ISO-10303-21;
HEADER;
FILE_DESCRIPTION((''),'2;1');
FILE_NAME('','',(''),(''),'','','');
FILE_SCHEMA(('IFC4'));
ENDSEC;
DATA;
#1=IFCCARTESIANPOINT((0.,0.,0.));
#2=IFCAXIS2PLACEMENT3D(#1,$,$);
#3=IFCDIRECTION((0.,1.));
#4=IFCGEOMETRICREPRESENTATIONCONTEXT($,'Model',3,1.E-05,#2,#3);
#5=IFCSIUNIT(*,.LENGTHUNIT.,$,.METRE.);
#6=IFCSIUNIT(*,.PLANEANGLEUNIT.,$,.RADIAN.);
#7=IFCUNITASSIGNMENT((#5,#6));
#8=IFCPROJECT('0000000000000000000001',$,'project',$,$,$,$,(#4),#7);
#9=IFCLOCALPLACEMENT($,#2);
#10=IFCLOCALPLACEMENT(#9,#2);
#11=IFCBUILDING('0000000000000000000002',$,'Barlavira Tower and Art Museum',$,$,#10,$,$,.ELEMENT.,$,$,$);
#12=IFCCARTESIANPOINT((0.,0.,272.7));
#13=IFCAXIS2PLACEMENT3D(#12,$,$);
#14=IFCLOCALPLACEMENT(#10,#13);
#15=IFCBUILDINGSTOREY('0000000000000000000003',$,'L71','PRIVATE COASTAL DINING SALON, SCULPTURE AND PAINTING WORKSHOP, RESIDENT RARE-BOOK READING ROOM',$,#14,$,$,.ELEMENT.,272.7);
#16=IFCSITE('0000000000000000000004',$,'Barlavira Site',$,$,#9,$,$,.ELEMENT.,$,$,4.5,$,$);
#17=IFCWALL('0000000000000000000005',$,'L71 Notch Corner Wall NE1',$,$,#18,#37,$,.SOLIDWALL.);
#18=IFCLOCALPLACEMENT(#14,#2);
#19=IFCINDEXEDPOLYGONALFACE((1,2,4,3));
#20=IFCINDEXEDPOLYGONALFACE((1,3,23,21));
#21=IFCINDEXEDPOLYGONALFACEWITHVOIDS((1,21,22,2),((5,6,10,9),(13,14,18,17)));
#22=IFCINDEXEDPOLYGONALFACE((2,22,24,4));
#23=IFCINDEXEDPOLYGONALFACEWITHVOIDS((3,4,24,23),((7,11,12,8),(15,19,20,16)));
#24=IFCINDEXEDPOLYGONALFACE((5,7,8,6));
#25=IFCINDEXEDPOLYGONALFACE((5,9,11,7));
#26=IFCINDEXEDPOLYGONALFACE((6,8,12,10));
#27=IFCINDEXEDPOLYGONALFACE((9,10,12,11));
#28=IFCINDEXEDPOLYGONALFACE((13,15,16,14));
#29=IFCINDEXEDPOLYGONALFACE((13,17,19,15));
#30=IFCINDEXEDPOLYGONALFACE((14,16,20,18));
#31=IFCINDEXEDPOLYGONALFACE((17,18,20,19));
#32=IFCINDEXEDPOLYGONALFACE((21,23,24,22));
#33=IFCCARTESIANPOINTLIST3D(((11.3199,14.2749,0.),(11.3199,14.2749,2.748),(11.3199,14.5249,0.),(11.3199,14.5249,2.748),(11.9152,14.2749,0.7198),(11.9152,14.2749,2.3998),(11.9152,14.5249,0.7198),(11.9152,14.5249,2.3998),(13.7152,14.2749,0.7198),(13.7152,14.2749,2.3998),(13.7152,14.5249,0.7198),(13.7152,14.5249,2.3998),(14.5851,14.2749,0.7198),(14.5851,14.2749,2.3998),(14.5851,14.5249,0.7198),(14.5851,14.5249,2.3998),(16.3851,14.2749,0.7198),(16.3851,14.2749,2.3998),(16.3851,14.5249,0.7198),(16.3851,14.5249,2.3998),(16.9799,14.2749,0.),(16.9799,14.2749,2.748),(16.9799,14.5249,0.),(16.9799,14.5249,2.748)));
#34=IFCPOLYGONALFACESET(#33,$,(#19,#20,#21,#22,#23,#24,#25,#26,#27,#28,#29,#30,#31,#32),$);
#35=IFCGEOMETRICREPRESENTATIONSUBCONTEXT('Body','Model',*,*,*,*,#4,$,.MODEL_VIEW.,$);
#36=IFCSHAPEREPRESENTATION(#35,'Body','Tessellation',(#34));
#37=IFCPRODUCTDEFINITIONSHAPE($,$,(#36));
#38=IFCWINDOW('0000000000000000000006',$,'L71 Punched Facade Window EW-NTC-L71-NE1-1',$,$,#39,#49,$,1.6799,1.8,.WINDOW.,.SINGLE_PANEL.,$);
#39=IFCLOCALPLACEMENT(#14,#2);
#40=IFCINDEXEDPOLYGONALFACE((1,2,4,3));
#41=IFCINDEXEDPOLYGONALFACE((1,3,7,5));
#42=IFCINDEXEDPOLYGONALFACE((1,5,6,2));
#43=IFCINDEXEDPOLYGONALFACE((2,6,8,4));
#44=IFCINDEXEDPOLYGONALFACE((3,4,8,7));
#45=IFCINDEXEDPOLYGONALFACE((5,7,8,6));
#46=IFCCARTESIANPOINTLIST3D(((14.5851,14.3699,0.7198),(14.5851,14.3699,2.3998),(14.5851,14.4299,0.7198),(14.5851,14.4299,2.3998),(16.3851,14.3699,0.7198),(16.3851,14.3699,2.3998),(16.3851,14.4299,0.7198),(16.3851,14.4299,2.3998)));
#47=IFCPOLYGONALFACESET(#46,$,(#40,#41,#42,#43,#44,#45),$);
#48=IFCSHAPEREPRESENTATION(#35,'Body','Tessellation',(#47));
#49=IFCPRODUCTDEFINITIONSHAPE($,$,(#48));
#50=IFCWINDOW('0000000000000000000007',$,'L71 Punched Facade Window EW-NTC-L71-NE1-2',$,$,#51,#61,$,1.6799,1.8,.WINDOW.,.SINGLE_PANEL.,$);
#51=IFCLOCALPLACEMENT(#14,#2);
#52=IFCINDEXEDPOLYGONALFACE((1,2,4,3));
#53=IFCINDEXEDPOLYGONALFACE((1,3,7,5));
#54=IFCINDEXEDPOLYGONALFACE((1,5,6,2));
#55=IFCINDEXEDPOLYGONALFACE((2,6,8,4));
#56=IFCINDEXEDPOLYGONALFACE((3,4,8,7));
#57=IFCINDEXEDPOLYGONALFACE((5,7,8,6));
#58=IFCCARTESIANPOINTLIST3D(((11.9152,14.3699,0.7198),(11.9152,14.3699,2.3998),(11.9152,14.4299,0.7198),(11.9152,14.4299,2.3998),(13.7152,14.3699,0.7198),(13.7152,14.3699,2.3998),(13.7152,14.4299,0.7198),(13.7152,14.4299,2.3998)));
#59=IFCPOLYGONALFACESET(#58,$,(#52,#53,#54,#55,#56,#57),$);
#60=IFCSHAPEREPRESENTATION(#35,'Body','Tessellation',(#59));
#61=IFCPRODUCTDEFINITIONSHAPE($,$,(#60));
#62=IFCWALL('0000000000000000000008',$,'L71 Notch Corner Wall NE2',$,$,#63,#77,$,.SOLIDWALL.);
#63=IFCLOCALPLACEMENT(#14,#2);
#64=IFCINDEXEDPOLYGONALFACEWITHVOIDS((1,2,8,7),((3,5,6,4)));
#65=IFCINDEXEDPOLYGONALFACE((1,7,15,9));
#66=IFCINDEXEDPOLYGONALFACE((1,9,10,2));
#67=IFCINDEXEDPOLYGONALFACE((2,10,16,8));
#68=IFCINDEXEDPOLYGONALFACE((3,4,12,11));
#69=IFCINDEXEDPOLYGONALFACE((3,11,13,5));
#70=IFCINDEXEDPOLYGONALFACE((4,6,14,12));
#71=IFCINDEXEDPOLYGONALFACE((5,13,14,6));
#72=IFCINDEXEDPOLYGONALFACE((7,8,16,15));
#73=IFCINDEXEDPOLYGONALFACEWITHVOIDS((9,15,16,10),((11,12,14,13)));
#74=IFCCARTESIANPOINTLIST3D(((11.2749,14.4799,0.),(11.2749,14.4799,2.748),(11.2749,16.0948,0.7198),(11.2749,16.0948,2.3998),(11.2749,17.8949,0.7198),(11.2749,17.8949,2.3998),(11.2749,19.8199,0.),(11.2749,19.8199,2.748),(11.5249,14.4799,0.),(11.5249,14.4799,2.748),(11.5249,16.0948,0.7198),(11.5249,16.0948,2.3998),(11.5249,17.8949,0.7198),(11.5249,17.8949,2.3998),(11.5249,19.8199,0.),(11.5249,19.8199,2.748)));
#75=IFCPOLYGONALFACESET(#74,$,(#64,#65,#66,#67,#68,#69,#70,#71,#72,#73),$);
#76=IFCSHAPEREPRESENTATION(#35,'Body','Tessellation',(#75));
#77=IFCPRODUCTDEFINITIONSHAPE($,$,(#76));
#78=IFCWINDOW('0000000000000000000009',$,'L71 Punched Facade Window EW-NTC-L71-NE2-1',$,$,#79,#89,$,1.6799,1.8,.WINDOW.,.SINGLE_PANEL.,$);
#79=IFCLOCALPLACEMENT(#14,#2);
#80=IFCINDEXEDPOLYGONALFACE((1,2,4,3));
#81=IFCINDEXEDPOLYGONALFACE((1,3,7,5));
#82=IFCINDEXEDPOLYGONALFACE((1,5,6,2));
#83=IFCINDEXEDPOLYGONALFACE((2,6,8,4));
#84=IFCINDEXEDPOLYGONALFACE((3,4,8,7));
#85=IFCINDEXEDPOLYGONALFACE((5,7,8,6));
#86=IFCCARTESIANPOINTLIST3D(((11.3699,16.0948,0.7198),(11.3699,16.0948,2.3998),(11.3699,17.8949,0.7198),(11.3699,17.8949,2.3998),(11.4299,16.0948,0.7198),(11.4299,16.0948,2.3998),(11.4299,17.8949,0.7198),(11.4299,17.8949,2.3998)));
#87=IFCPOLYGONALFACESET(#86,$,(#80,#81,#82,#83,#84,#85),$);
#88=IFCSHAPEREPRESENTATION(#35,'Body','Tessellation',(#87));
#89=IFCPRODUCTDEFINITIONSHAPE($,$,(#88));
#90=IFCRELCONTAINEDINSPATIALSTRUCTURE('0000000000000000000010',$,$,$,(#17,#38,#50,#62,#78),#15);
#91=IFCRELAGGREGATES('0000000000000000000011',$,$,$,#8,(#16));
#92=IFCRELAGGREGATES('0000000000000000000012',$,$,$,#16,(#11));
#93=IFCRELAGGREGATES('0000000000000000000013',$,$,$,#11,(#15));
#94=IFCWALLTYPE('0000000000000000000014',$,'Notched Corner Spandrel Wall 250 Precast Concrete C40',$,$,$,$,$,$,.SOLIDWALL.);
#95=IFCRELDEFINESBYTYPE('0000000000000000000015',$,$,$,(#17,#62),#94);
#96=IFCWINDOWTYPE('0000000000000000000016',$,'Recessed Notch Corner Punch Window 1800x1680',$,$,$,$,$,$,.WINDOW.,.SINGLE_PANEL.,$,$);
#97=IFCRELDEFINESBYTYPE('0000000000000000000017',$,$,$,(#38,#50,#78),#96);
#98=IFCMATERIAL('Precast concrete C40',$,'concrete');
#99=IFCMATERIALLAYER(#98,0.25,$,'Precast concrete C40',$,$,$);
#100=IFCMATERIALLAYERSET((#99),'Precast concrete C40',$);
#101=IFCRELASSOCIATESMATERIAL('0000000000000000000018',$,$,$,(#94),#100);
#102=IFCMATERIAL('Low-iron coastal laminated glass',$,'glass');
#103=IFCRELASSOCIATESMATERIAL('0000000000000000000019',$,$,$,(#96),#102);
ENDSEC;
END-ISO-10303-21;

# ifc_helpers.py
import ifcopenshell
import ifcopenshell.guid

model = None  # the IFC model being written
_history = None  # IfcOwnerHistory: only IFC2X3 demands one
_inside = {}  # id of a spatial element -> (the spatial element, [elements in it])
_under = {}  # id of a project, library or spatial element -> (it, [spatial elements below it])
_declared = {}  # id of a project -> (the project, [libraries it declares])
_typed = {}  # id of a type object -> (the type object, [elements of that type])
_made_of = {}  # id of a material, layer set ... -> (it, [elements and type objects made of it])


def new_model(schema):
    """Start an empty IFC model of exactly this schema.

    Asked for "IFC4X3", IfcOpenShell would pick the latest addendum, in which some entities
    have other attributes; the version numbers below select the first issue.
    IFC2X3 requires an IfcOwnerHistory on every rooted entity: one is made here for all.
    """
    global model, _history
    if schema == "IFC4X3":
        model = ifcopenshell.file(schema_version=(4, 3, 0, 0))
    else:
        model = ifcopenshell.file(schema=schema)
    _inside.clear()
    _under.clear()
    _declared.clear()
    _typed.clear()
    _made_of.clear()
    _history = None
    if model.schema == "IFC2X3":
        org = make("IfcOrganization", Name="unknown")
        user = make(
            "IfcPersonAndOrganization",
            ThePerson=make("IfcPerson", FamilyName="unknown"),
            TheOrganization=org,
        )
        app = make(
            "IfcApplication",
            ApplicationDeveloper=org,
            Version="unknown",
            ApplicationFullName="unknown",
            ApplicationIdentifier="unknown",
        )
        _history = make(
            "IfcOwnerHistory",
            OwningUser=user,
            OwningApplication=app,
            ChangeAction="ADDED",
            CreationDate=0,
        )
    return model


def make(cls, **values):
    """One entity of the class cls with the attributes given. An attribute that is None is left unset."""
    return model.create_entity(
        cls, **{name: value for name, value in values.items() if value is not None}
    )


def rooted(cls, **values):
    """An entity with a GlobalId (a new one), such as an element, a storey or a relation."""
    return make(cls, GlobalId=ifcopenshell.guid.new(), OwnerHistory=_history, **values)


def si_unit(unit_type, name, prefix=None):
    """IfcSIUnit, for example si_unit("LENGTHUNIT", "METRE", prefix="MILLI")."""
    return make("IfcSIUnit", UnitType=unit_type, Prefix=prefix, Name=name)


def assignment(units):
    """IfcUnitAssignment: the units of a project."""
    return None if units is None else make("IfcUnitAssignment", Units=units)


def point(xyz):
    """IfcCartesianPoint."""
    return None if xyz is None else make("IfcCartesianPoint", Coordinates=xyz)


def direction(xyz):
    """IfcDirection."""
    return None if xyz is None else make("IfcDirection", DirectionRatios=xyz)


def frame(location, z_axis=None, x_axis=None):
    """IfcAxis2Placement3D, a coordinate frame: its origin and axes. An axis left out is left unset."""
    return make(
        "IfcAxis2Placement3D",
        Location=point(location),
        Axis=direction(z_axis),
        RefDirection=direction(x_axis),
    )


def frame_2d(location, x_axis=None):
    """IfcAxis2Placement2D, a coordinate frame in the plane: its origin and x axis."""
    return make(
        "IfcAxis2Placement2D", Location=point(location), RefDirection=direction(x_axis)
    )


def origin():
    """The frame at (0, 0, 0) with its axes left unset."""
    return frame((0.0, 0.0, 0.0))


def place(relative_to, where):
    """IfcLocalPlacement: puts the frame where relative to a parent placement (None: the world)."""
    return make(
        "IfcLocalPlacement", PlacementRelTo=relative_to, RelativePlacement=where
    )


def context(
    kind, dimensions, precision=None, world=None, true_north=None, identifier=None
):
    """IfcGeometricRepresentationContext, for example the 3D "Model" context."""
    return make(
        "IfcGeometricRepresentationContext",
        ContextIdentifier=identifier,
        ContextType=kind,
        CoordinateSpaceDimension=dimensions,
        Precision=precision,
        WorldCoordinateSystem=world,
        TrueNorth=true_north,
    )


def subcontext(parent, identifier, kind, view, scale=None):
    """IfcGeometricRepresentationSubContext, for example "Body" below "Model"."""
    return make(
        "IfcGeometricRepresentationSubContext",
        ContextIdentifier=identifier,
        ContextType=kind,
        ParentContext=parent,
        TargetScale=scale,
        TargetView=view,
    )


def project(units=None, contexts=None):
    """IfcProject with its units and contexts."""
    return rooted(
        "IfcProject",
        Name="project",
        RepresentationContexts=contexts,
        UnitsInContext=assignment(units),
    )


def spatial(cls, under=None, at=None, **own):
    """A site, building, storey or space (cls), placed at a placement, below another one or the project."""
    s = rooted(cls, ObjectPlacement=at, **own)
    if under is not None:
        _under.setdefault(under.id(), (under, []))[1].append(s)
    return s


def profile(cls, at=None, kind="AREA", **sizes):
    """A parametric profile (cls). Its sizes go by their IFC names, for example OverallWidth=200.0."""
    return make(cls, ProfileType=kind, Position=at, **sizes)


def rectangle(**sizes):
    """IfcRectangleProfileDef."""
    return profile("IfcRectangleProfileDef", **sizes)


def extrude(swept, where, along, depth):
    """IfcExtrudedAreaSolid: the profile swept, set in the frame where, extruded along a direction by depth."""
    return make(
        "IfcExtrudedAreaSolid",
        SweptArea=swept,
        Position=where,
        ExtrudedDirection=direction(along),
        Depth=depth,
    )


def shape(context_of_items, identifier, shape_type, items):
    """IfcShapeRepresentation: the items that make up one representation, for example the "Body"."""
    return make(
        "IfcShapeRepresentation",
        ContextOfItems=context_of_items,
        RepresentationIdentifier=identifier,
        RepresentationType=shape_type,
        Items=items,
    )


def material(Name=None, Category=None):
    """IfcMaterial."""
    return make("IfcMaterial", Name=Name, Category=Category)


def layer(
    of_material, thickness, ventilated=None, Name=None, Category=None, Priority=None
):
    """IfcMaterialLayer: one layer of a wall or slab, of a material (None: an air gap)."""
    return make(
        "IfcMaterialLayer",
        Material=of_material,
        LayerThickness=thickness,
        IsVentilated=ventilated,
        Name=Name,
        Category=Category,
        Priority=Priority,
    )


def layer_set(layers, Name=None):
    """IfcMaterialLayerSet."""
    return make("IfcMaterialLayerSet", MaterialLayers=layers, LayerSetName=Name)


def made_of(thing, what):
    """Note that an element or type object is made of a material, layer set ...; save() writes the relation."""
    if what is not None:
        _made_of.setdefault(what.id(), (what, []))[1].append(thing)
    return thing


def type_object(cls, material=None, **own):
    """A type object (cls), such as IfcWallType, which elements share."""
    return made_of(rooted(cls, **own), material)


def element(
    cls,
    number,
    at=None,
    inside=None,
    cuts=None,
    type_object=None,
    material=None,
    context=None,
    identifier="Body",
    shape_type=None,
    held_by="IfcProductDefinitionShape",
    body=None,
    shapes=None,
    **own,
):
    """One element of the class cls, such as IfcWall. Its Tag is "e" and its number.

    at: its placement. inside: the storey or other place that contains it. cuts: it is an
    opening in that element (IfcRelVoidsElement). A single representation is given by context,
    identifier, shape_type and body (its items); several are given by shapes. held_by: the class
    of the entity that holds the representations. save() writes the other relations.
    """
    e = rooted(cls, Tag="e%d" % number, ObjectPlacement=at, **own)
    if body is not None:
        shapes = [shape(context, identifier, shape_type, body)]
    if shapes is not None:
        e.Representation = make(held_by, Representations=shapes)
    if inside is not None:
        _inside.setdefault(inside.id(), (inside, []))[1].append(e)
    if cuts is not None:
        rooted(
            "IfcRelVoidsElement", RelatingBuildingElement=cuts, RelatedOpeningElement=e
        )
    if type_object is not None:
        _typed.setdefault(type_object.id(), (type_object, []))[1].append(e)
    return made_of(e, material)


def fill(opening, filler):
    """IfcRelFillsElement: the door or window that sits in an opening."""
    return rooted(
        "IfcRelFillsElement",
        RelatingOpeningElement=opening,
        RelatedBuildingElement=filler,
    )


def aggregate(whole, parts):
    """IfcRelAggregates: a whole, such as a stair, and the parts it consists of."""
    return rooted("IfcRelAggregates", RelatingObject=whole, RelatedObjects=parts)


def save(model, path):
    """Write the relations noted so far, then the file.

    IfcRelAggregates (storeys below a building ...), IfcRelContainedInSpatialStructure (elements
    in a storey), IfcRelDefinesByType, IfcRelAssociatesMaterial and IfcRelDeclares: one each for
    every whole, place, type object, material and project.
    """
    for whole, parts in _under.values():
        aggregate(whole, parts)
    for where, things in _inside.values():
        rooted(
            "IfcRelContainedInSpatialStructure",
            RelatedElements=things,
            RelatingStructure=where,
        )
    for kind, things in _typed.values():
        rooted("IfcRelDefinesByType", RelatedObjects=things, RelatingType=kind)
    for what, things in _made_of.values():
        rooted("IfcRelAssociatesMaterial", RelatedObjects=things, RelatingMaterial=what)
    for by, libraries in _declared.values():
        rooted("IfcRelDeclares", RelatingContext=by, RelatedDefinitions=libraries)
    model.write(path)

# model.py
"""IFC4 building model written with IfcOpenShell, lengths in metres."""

from ifc_helpers import new_model, si_unit, direction, frame, frame_2d, origin, place, context, subcontext, project, spatial, rectangle, extrude, material, layer, layer_set, type_object, element, fill, save


model = new_model("IFC4")

# Units and contexts
model_context = context("Model", 3, precision=1e-05, world=origin(), true_north=direction((0.0, 1.0)))
body_context = subcontext(model_context, "Body", "Model", "MODEL_VIEW")
ifc_project = project(units=[si_unit("LENGTHUNIT", "METRE"), si_unit("PLANEANGLEUNIT", "RADIAN")], contexts=[model_context])

# Site, building, storey
site_placement = place(None, origin())
site = spatial("IfcSite", under=ifc_project, at=site_placement, Name="Barlavira Site", CompositionType="ELEMENT", RefElevation=4.5)
building_placement = place(site_placement, origin())
building = spatial("IfcBuilding", under=site, at=building_placement, Name="Barlavira Tower and Art Museum", CompositionType="ELEMENT")
storey_placement = place(building_placement, frame((0.0, 0.0, 272.7)))
storey = spatial("IfcBuildingStorey", under=building, at=storey_placement, Name="L71", Description="PRIVATE COASTAL DINING SALON, SCULPTURE AND PAINTING WORKSHOP, RESIDENT RARE-BOOK READING ROOM", CompositionType="ELEMENT", Elevation=272.7)

# Shared definitions
ifc_material_1 = material(Name="Precast concrete C40", Category="concrete")
ifc_layer_1 = layer(ifc_material_1, 0.25, Name="Precast concrete C40")
ifc_layer_set_1 = layer_set([ifc_layer_1], Name="Precast concrete C40")
wall_type_1 = type_object("IfcWallType", Name="Notched Corner Spandrel Wall 250 Precast Concrete C40", PredefinedType="SOLIDWALL", material=ifc_layer_set_1)
ifc_material_2 = material(Name="Low-iron coastal laminated glass", Category="glass")

# Shared definitions
window_type_1 = type_object("IfcWindowType", Name="Recessed Notch Corner Punch Window 1800x1680", PartitioningType="SINGLE_PANEL", PredefinedType="WINDOW", material=ifc_material_2)

# Wall, openings, windows
wall_1_placement = place(storey_placement, frame((16.98, 14.3999, 0.0), z_axis=(0.0, 0.0, 1.0), x_axis=(-1.0, 0.0, 0.0)))
wall_1 = element("IfcWall", 1, at=wall_1_placement, inside=storey, type_object=wall_type_1, Name="L71 Notch Corner Wall NE1", PredefinedType="SOLIDWALL", context=body_context, shape_type="SweptSolid", body=[
    extrude(rectangle(XDim=5.6599, YDim=0.25, at=frame_2d((2.8301, 0.0))), origin(), (0.0, 0.0, 1.0), 2.748),
])
opening_1_placement = place(wall_1_placement, frame((0.595, 0.0, 0.72)))
opening_1 = element("IfcOpeningElement", 2, at=opening_1_placement, cuts=wall_1, PredefinedType="OPENING", context=body_context, shape_type="SweptSolid", body=[
    extrude(rectangle(XDim=1.8, YDim=1.6799, at=frame_2d((0.8999, 0.8398))), frame((0.0, 0.135, 0.0), z_axis=(0.0, -1.0, 0.0), x_axis=(1.0, 0.0, 0.0)), (0.0, 0.0, 1.0), 0.27),
])
opening_2_placement = place(wall_1_placement, frame((3.2649, 0.0, 0.72)))
opening_2 = element("IfcOpeningElement", 3, at=opening_2_placement, cuts=wall_1, PredefinedType="OPENING", context=body_context, shape_type="SweptSolid", body=[
    extrude(rectangle(XDim=1.8, YDim=1.6799, at=frame_2d((0.8999, 0.8398))), frame((0.0, 0.135, 0.0), z_axis=(0.0, -1.0, 0.0), x_axis=(1.0, 0.0, 0.0)), (0.0, 0.0, 1.0), 0.27),
])
window_1_placement = place(opening_1_placement, origin())
window_1 = element("IfcWindow", 4, at=window_1_placement, inside=storey, type_object=window_type_1, Name="L71 Punched Facade Window EW-NTC-L71-NE1-1", OverallHeight=1.6799, OverallWidth=1.8, PartitioningType="SINGLE_PANEL", PredefinedType="WINDOW", context=body_context, shape_type="SweptSolid", body=[
    extrude(rectangle(XDim=1.8, YDim=1.6799, at=frame_2d((0.8999, 0.8398))), frame((0.0, 0.03, 0.0), z_axis=(0.0, -1.0, 0.0), x_axis=(1.0, 0.0, 0.0)), (0.0, 0.0, 1.0), 0.0601),
])
fill(opening_1, window_1)
window_2_placement = place(opening_2_placement, origin())
window_2 = element("IfcWindow", 5, at=window_2_placement, inside=storey, type_object=window_type_1, Name="L71 Punched Facade Window EW-NTC-L71-NE1-2", OverallHeight=1.6799, OverallWidth=1.8, PartitioningType="SINGLE_PANEL", PredefinedType="WINDOW", context=body_context, shape_type="SweptSolid", body=[
    extrude(rectangle(XDim=1.8, YDim=1.6799, at=frame_2d((0.8999, 0.8398))), frame((0.0, 0.03, 0.0), z_axis=(0.0, -1.0, 0.0), x_axis=(1.0, 0.0, 0.0)), (0.0, 0.0, 1.0), 0.0601),
])
fill(opening_2, window_2)

# Wall, opening, window
wall_2_placement = place(storey_placement, frame((11.3999, 14.48, 0.0), z_axis=(0.0, 0.0, 1.0), x_axis=(0.0, 1.0, 0.0)))
wall_2 = element("IfcWall", 6, at=wall_2_placement, inside=storey, type_object=wall_type_1, Name="L71 Notch Corner Wall NE2", PredefinedType="SOLIDWALL", context=body_context, shape_type="SweptSolid", body=[
    extrude(rectangle(XDim=5.3401, YDim=0.25, at=frame_2d((2.6699, 0.0))), origin(), (0.0, 0.0, 1.0), 2.748),
])
opening_3_placement = place(wall_2_placement, frame((1.615, 0.0, 0.72)))
opening_3 = element("IfcOpeningElement", 7, at=opening_3_placement, cuts=wall_2, PredefinedType="OPENING", context=body_context, shape_type="SweptSolid", body=[
    extrude(rectangle(XDim=1.8, YDim=1.6799, at=frame_2d((0.8999, 0.8398))), frame((0.0, 0.135, 0.0), z_axis=(0.0, -1.0, 0.0), x_axis=(1.0, 0.0, 0.0)), (0.0, 0.0, 1.0), 0.27),
])
window_3_placement = place(opening_3_placement, origin())
window_3 = element("IfcWindow", 8, at=window_3_placement, inside=storey, type_object=window_type_1, Name="L71 Punched Facade Window EW-NTC-L71-NE2-1", OverallHeight=1.6799, OverallWidth=1.8, PartitioningType="SINGLE_PANEL", PredefinedType="WINDOW", context=body_context, shape_type="SweptSolid", body=[
    extrude(rectangle(XDim=1.8, YDim=1.6799, at=frame_2d((0.8999, 0.8398))), frame((0.0, 0.03, 0.0), z_axis=(0.0, -1.0, 0.0), x_axis=(1.0, 0.0, 0.0)), (0.0, 0.0, 1.0), 0.0601),
])
fill(opening_3, window_3)

save(model, "model.ifc")
